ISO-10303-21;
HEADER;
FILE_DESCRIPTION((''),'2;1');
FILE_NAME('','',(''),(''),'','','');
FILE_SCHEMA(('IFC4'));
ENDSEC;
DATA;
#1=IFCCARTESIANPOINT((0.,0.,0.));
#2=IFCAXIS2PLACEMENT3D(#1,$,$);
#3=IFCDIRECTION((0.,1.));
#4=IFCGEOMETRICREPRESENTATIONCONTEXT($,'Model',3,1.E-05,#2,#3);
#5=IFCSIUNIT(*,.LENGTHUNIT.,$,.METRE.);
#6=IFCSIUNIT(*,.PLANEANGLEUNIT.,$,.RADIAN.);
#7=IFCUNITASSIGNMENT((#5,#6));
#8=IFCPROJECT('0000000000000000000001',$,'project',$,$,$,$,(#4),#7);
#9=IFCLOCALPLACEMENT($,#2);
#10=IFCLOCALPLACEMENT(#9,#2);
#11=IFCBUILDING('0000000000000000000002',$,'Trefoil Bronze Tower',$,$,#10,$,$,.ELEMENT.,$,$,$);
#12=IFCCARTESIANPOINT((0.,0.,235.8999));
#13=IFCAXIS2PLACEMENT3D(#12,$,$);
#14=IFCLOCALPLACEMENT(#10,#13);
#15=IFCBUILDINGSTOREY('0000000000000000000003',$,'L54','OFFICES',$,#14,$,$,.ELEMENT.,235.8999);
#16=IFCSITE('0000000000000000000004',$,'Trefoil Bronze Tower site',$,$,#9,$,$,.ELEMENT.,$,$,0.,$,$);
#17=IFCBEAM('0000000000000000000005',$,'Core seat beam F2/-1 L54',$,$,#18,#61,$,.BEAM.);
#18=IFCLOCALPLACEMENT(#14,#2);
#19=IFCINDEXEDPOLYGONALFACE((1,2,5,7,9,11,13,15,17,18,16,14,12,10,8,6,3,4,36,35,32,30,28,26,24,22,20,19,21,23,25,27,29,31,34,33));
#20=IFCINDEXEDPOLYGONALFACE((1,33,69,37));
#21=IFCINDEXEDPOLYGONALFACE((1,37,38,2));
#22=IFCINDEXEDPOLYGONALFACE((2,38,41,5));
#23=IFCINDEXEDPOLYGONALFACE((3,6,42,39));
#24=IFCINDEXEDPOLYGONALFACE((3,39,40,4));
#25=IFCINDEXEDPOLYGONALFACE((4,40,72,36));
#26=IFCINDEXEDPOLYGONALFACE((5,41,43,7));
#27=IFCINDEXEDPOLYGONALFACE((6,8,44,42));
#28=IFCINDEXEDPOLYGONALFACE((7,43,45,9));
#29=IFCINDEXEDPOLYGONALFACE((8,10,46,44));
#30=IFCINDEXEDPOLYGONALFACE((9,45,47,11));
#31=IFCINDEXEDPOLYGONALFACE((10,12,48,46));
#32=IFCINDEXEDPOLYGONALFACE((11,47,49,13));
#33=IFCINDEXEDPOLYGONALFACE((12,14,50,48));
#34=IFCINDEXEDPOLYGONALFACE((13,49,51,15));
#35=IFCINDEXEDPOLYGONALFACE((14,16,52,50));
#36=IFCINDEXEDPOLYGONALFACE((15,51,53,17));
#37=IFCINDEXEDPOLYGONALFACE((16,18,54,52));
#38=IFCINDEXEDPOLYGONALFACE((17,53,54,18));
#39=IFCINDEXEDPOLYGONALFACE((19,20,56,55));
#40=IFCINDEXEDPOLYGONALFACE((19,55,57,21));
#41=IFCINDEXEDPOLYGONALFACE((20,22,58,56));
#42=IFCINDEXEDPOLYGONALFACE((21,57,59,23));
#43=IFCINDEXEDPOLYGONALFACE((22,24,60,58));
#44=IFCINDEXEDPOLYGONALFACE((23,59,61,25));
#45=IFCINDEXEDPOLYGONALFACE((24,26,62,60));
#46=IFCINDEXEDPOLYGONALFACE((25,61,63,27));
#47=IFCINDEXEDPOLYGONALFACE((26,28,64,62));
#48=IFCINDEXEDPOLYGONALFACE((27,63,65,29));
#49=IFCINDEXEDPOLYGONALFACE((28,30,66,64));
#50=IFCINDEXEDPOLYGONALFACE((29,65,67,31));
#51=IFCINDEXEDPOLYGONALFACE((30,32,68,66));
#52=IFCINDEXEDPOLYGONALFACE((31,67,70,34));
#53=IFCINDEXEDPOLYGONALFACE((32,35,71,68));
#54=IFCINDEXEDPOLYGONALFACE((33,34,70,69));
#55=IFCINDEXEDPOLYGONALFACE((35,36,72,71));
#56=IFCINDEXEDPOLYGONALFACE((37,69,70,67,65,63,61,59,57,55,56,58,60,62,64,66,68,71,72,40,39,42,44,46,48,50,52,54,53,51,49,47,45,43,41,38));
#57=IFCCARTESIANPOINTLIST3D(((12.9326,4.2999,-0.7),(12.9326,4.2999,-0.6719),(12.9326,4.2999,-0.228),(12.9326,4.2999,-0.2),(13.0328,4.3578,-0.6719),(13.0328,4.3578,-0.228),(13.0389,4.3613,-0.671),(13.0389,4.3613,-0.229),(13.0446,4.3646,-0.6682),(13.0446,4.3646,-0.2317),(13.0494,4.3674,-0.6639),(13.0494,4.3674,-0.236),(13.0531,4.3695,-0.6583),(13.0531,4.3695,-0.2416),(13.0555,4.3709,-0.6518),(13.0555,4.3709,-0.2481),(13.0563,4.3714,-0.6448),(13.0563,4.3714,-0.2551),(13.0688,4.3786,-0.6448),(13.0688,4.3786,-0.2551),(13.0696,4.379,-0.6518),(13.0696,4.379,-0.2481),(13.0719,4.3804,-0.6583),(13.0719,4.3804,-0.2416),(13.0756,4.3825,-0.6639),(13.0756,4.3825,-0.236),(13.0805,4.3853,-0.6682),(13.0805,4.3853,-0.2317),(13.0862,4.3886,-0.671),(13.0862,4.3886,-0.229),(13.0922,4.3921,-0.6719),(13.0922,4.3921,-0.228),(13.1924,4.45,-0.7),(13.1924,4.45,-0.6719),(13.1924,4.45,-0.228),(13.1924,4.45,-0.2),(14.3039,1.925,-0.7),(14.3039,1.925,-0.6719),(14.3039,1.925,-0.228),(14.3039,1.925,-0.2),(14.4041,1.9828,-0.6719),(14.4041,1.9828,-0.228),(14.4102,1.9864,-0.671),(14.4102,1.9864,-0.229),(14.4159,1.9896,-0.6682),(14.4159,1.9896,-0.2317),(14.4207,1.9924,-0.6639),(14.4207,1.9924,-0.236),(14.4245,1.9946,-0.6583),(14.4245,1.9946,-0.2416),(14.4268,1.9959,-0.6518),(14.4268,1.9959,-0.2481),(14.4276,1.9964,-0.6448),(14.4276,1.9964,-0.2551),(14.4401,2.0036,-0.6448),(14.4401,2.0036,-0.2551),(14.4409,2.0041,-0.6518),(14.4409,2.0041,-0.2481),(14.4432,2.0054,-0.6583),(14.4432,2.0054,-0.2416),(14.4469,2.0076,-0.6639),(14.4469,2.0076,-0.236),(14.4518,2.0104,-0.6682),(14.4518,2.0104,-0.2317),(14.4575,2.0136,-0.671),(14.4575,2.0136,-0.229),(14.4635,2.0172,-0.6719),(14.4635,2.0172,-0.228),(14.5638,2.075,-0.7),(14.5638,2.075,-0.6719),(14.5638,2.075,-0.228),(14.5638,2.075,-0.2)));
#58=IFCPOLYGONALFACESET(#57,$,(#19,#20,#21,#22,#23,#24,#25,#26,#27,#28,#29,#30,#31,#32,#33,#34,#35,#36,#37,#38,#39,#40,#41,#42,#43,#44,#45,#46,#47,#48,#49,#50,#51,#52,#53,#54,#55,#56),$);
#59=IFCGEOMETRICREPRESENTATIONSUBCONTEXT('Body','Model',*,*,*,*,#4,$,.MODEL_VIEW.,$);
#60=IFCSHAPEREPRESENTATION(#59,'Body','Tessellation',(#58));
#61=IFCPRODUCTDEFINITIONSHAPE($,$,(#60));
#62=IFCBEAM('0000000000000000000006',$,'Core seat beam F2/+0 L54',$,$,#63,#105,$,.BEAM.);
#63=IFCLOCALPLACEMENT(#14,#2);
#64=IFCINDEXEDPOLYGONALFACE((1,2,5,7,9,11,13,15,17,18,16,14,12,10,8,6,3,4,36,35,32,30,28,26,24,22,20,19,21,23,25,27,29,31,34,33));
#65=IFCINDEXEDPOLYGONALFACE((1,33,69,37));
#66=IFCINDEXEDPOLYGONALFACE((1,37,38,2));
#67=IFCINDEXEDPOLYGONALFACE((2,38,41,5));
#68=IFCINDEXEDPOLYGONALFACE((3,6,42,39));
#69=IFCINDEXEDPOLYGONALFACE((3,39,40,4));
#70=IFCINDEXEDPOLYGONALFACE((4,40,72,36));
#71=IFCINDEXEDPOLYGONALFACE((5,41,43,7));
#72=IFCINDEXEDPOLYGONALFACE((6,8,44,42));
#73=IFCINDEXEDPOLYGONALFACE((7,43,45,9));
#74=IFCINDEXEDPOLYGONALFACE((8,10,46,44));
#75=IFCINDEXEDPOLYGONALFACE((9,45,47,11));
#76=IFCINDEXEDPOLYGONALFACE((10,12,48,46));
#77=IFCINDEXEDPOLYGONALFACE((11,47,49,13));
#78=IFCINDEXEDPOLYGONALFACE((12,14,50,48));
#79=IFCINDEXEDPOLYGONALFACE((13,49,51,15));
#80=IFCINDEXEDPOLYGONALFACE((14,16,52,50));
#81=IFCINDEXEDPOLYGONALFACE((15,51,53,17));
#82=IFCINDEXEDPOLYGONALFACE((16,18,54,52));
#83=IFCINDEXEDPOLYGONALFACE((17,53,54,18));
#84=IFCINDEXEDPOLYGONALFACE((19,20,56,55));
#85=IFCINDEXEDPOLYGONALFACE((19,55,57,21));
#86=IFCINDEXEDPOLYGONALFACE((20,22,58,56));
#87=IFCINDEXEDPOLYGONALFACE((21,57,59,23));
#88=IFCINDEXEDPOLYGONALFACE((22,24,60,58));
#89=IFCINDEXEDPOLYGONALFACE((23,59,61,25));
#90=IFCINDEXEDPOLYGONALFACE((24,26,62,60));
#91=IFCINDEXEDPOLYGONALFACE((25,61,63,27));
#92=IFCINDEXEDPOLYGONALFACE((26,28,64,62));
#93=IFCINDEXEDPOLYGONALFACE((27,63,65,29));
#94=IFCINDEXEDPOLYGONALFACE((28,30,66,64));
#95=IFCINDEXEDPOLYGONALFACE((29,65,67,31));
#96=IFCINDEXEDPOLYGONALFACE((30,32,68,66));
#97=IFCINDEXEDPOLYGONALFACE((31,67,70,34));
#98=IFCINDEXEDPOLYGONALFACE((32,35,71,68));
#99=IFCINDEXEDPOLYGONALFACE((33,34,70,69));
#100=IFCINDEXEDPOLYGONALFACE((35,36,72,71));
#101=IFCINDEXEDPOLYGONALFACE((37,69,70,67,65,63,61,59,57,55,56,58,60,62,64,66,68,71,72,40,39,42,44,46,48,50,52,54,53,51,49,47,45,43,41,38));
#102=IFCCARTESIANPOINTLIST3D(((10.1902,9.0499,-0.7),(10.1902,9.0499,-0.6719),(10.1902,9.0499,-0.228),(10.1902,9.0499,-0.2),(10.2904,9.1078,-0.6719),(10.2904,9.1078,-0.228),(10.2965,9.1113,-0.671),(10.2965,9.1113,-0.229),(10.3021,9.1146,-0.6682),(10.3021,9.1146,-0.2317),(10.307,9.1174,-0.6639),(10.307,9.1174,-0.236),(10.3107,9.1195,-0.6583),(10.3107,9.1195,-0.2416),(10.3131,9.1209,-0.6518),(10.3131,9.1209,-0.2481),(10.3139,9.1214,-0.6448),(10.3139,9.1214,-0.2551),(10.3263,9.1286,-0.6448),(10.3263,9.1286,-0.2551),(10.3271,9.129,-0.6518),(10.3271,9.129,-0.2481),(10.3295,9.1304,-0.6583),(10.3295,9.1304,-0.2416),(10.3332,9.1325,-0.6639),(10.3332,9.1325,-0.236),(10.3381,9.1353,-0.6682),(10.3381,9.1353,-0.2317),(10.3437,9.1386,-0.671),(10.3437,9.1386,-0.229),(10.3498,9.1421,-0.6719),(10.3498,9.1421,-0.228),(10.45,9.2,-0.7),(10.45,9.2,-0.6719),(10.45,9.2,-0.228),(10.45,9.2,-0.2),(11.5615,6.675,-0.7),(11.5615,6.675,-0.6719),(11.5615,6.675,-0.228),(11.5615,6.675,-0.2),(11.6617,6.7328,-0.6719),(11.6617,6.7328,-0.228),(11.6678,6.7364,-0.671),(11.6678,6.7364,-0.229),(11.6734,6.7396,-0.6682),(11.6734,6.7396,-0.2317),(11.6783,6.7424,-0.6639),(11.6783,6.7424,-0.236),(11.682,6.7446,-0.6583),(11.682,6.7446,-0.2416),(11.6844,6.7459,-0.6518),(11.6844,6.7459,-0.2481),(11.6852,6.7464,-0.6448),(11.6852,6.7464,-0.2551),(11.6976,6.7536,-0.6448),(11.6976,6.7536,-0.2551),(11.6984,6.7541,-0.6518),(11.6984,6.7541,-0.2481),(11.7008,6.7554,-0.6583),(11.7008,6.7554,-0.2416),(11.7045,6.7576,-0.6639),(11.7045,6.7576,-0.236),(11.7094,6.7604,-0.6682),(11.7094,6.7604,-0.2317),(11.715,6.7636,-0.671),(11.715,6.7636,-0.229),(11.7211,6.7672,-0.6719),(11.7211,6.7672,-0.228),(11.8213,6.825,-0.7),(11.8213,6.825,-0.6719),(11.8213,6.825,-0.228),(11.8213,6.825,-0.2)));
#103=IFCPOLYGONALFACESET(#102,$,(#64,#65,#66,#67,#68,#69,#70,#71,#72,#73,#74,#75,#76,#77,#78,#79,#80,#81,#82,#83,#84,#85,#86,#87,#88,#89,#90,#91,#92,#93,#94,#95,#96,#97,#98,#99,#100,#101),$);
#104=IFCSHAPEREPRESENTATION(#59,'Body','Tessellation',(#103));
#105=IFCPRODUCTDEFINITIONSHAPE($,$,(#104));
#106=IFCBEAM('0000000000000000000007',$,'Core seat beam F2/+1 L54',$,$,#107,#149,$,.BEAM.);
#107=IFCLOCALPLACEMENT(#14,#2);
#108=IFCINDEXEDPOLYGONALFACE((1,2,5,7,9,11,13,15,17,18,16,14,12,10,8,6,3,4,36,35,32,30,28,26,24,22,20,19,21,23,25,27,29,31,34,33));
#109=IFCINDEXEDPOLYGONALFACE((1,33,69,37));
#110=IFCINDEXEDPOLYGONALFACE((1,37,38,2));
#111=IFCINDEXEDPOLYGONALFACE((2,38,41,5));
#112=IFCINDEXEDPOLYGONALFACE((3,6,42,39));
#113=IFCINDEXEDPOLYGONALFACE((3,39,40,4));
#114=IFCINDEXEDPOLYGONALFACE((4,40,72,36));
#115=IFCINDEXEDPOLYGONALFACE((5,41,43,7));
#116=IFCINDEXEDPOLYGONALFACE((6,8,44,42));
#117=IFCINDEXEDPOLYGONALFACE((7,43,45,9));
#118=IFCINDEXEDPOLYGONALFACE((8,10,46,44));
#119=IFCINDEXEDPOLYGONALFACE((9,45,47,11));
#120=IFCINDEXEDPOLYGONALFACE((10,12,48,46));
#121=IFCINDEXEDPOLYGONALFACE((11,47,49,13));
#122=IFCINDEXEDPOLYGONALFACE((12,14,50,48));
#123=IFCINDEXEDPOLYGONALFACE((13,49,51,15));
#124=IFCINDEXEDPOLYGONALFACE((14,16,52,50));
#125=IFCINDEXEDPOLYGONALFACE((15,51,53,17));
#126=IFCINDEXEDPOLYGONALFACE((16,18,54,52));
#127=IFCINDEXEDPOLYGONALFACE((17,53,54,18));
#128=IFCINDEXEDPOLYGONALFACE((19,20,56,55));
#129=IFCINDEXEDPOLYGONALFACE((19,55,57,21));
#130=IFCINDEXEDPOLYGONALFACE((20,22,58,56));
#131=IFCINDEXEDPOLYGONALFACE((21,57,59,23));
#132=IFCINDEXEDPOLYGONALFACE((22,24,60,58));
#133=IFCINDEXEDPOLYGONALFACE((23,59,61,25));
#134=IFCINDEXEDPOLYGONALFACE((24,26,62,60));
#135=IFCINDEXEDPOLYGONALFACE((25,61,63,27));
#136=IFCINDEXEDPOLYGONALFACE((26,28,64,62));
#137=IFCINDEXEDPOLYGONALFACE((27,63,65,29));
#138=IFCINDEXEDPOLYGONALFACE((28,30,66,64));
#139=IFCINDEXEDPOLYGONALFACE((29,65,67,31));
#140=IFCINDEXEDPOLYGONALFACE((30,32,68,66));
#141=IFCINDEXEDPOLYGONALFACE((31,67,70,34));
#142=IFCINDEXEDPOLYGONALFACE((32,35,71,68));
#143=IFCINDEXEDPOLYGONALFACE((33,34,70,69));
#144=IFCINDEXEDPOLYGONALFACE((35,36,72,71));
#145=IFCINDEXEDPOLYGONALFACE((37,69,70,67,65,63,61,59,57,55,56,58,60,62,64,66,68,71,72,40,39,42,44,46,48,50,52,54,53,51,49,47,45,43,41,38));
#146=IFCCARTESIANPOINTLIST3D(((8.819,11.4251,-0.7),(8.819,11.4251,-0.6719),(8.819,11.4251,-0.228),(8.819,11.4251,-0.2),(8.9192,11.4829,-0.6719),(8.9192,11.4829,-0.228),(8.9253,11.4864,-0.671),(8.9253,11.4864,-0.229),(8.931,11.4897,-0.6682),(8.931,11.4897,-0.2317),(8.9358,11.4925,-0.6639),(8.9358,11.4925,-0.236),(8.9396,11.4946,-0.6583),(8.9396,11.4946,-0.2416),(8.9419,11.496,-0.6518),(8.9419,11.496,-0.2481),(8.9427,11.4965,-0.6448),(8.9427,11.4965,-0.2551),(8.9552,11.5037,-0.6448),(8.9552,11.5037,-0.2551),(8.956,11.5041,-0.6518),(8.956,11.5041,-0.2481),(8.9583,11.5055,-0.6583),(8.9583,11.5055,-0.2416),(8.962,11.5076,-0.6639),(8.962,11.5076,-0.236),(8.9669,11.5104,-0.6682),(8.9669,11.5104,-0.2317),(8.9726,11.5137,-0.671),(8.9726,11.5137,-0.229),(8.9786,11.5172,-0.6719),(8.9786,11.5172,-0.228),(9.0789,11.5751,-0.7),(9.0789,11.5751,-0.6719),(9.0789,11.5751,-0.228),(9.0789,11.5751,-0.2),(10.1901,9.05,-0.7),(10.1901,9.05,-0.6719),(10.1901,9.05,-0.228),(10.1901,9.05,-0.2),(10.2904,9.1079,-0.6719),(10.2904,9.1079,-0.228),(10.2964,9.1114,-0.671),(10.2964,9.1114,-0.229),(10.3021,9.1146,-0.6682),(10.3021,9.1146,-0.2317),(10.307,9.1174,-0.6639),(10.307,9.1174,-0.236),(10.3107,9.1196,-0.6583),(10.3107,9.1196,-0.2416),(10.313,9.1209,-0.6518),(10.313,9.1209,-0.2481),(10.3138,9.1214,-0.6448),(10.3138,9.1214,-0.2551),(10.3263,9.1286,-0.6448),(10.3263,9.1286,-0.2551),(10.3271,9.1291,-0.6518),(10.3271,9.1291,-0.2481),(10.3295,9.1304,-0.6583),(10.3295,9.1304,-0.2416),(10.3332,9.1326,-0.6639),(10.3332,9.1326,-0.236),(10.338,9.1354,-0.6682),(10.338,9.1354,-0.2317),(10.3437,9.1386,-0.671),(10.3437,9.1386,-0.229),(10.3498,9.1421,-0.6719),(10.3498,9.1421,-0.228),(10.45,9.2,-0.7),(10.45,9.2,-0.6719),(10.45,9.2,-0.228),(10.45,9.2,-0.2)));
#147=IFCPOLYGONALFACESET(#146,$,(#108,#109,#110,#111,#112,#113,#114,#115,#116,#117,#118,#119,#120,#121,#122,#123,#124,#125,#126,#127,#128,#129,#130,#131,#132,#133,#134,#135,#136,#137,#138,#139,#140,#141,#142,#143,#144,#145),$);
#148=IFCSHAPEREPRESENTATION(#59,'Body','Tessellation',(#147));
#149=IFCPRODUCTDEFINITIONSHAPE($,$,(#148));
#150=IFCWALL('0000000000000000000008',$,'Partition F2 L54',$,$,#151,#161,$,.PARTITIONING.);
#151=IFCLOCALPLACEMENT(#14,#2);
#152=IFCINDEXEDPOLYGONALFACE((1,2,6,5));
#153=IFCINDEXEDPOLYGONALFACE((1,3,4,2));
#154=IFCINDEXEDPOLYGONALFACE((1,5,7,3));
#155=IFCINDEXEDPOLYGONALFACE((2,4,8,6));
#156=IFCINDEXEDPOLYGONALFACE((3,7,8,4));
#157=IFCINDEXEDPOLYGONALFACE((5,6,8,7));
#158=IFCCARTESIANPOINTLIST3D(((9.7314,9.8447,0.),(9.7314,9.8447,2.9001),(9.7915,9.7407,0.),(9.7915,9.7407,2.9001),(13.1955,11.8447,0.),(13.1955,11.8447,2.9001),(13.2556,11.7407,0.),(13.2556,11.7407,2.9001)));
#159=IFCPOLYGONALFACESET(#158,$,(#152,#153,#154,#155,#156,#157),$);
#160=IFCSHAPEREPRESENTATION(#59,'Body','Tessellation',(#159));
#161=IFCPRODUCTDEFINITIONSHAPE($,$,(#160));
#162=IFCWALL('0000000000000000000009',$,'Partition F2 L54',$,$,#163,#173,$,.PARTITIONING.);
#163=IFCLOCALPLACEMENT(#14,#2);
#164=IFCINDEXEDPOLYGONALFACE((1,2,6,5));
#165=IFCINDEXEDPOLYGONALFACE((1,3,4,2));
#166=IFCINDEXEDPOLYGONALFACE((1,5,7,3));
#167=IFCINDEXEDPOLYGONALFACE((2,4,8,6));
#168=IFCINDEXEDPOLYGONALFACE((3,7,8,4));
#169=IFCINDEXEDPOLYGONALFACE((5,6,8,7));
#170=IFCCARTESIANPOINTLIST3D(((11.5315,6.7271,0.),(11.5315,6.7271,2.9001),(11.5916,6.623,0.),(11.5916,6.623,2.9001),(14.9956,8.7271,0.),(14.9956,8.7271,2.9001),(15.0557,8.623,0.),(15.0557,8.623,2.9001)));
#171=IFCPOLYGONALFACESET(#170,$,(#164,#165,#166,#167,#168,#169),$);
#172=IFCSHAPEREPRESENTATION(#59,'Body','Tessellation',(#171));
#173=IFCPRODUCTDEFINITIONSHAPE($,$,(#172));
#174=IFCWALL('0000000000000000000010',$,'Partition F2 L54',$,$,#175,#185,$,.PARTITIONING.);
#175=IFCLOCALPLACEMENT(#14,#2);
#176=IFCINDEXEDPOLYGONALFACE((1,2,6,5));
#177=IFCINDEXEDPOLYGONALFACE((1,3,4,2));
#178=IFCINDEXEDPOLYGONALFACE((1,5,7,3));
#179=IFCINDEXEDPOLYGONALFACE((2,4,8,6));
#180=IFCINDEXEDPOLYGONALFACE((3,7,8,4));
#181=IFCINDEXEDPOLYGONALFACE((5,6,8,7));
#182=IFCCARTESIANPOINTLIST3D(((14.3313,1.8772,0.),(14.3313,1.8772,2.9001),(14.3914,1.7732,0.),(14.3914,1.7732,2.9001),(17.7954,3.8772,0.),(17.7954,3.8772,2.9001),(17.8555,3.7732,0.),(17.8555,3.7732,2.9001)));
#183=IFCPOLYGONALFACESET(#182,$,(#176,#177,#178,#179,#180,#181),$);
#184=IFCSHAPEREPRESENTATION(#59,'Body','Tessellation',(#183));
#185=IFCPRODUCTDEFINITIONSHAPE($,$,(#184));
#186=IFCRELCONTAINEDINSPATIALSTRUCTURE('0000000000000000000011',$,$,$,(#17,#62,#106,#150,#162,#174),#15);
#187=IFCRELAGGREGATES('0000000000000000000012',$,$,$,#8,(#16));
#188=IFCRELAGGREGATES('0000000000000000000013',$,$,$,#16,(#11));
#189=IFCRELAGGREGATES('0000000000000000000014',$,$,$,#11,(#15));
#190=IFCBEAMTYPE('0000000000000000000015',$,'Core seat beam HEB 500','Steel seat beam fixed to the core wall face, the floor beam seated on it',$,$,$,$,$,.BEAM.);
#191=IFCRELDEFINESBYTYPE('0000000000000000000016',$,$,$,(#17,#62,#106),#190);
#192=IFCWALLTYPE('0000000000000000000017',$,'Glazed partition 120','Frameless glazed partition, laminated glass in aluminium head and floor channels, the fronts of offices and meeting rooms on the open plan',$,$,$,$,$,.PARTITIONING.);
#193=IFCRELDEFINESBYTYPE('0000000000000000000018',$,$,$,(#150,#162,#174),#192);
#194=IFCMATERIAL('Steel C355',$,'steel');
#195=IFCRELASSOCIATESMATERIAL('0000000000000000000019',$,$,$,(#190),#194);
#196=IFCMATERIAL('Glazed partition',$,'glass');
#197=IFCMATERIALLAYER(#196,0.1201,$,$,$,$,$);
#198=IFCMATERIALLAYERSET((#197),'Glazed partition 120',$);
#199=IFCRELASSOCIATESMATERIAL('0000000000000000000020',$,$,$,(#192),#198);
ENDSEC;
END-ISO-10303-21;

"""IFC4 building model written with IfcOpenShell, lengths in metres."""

from ifc_helpers import new_model, si_unit, direction, frame, frame_2d, origin, origin_2d, place, context, subcontext, project, spatial, rectangle, i_section, extrude, material, layer, layer_set, material_profile, profile_set, type_object, element, save


model = new_model("IFC4")

# Units and contexts
model_context = context("Model", 3, precision=1e-05, world=origin(), true_north=direction((0.0, 1.0)))
body_context = subcontext(model_context, "Body", "Model", "MODEL_VIEW")
ifc_project = project(units=[si_unit("LENGTHUNIT", "METRE"), si_unit("PLANEANGLEUNIT", "RADIAN")], contexts=[model_context])

# Site, building, storey
site_placement = place(None, origin())
site = spatial("IfcSite", under=ifc_project, at=site_placement, Name="Trefoil Bronze Tower site", CompositionType="ELEMENT", RefElevation=0.0)
building_placement = place(site_placement, origin())
building = spatial("IfcBuilding", under=site, at=building_placement, Name="Trefoil Bronze Tower", CompositionType="ELEMENT")
storey_placement = place(building_placement, frame((0.0, 0.0, 235.8999)))
storey = spatial("IfcBuildingStorey", under=building, at=storey_placement, Name="L54", Description="OFFICES", CompositionType="ELEMENT", Elevation=235.8999)

# Beams
ifc_material_1 = material(Name="Steel C355", Category="steel")
ifc_material_profile = material_profile(ifc_material_1, i_section(OverallWidth=0.3, OverallDepth=0.5, WebThickness=0.0144, FlangeThickness=0.0281, FilletRadius=0.0271, at=origin_2d()), Name="HEB 500")
ifc_profile_set = profile_set([ifc_material_profile], Name="Steel C355")
beam_type = type_object("IfcBeamType", Name="Core seat beam HEB 500", Description="Steel seat beam fixed to the core wall face, the floor beam seated on it", PredefinedType="BEAM", material=ifc_profile_set)
for number, where, z_axis, x_axis, name in (
    (1, (14.4338, 2.0, -0.45), (-0.500036, 0.866005, 0.0), (-0.866005, -0.500036, 0.0), "Core seat beam F2/-1 L54"),
    (2, (11.6914, 6.75, -0.45), (-0.500036, 0.866005, 0.0), (-0.866005, -0.500036, 0.0), "Core seat beam F2/+0 L54"),
    (3, (10.3201, 9.125, -0.45), (-0.499969, 0.866043, 0.0), (-0.866043, -0.499969, 0.0), "Core seat beam F2/+1 L54"),
):
    element("IfcBeam", number, at=place(storey_placement, frame(where, z_axis=z_axis, x_axis=x_axis)), inside=storey, type_object=beam_type, Name=name, PredefinedType="BEAM", context=body_context, shape_type="SweptSolid", body=[
        extrude(i_section(OverallWidth=0.3, OverallDepth=0.5, WebThickness=0.0144, FlangeThickness=0.0281, FilletRadius=0.0271, at=origin_2d()), origin(), (0.0, 0.0, 1.0), 2.7424),
    ])

# Walls
ifc_material_2 = material(Name="Glazed partition", Category="glass")
ifc_layer_1 = layer(ifc_material_2, 0.1201)
ifc_layer_set_1 = layer_set([ifc_layer_1], Name="Glazed partition 120")
wall_type_1 = type_object("IfcWallType", Name="Glazed partition 120", Description="Frameless glazed partition, laminated glass in aluminium head and floor channels, the fronts of offices and meeting rooms on the open plan", PredefinedType="PARTITIONING", material=ifc_layer_set_1)
for number, where, z_axis, x_axis, name in (
    (4, (9.7615, 9.7927, 0.0), (0.0, 0.0, 1.0), (0.866026, 0.499999, 0.0), "Partition F2 L54"),
    (5, (11.5615, 6.675, 0.0), (0.0, 0.0, 1.0), (0.866026, 0.499999, 0.0), "Partition F2 L54"),
    (6, (14.3613, 1.8252, 0.0), (0.0, 0.0, 1.0), (0.866026, 0.499999, 0.0), "Partition F2 L54"),
):
    element("IfcWall", number, at=place(storey_placement, frame(where, z_axis=z_axis, x_axis=x_axis)), inside=storey, type_object=wall_type_1, Name=name, PredefinedType="PARTITIONING", context=body_context, shape_type="SweptSolid", body=[
        extrude(rectangle(XDim=4.0, YDim=0.1201, at=frame_2d((2.0, 0.0))), origin(), (0.0, 0.0, 1.0), 2.9001),
    ])

save(model, "model.ifc")
